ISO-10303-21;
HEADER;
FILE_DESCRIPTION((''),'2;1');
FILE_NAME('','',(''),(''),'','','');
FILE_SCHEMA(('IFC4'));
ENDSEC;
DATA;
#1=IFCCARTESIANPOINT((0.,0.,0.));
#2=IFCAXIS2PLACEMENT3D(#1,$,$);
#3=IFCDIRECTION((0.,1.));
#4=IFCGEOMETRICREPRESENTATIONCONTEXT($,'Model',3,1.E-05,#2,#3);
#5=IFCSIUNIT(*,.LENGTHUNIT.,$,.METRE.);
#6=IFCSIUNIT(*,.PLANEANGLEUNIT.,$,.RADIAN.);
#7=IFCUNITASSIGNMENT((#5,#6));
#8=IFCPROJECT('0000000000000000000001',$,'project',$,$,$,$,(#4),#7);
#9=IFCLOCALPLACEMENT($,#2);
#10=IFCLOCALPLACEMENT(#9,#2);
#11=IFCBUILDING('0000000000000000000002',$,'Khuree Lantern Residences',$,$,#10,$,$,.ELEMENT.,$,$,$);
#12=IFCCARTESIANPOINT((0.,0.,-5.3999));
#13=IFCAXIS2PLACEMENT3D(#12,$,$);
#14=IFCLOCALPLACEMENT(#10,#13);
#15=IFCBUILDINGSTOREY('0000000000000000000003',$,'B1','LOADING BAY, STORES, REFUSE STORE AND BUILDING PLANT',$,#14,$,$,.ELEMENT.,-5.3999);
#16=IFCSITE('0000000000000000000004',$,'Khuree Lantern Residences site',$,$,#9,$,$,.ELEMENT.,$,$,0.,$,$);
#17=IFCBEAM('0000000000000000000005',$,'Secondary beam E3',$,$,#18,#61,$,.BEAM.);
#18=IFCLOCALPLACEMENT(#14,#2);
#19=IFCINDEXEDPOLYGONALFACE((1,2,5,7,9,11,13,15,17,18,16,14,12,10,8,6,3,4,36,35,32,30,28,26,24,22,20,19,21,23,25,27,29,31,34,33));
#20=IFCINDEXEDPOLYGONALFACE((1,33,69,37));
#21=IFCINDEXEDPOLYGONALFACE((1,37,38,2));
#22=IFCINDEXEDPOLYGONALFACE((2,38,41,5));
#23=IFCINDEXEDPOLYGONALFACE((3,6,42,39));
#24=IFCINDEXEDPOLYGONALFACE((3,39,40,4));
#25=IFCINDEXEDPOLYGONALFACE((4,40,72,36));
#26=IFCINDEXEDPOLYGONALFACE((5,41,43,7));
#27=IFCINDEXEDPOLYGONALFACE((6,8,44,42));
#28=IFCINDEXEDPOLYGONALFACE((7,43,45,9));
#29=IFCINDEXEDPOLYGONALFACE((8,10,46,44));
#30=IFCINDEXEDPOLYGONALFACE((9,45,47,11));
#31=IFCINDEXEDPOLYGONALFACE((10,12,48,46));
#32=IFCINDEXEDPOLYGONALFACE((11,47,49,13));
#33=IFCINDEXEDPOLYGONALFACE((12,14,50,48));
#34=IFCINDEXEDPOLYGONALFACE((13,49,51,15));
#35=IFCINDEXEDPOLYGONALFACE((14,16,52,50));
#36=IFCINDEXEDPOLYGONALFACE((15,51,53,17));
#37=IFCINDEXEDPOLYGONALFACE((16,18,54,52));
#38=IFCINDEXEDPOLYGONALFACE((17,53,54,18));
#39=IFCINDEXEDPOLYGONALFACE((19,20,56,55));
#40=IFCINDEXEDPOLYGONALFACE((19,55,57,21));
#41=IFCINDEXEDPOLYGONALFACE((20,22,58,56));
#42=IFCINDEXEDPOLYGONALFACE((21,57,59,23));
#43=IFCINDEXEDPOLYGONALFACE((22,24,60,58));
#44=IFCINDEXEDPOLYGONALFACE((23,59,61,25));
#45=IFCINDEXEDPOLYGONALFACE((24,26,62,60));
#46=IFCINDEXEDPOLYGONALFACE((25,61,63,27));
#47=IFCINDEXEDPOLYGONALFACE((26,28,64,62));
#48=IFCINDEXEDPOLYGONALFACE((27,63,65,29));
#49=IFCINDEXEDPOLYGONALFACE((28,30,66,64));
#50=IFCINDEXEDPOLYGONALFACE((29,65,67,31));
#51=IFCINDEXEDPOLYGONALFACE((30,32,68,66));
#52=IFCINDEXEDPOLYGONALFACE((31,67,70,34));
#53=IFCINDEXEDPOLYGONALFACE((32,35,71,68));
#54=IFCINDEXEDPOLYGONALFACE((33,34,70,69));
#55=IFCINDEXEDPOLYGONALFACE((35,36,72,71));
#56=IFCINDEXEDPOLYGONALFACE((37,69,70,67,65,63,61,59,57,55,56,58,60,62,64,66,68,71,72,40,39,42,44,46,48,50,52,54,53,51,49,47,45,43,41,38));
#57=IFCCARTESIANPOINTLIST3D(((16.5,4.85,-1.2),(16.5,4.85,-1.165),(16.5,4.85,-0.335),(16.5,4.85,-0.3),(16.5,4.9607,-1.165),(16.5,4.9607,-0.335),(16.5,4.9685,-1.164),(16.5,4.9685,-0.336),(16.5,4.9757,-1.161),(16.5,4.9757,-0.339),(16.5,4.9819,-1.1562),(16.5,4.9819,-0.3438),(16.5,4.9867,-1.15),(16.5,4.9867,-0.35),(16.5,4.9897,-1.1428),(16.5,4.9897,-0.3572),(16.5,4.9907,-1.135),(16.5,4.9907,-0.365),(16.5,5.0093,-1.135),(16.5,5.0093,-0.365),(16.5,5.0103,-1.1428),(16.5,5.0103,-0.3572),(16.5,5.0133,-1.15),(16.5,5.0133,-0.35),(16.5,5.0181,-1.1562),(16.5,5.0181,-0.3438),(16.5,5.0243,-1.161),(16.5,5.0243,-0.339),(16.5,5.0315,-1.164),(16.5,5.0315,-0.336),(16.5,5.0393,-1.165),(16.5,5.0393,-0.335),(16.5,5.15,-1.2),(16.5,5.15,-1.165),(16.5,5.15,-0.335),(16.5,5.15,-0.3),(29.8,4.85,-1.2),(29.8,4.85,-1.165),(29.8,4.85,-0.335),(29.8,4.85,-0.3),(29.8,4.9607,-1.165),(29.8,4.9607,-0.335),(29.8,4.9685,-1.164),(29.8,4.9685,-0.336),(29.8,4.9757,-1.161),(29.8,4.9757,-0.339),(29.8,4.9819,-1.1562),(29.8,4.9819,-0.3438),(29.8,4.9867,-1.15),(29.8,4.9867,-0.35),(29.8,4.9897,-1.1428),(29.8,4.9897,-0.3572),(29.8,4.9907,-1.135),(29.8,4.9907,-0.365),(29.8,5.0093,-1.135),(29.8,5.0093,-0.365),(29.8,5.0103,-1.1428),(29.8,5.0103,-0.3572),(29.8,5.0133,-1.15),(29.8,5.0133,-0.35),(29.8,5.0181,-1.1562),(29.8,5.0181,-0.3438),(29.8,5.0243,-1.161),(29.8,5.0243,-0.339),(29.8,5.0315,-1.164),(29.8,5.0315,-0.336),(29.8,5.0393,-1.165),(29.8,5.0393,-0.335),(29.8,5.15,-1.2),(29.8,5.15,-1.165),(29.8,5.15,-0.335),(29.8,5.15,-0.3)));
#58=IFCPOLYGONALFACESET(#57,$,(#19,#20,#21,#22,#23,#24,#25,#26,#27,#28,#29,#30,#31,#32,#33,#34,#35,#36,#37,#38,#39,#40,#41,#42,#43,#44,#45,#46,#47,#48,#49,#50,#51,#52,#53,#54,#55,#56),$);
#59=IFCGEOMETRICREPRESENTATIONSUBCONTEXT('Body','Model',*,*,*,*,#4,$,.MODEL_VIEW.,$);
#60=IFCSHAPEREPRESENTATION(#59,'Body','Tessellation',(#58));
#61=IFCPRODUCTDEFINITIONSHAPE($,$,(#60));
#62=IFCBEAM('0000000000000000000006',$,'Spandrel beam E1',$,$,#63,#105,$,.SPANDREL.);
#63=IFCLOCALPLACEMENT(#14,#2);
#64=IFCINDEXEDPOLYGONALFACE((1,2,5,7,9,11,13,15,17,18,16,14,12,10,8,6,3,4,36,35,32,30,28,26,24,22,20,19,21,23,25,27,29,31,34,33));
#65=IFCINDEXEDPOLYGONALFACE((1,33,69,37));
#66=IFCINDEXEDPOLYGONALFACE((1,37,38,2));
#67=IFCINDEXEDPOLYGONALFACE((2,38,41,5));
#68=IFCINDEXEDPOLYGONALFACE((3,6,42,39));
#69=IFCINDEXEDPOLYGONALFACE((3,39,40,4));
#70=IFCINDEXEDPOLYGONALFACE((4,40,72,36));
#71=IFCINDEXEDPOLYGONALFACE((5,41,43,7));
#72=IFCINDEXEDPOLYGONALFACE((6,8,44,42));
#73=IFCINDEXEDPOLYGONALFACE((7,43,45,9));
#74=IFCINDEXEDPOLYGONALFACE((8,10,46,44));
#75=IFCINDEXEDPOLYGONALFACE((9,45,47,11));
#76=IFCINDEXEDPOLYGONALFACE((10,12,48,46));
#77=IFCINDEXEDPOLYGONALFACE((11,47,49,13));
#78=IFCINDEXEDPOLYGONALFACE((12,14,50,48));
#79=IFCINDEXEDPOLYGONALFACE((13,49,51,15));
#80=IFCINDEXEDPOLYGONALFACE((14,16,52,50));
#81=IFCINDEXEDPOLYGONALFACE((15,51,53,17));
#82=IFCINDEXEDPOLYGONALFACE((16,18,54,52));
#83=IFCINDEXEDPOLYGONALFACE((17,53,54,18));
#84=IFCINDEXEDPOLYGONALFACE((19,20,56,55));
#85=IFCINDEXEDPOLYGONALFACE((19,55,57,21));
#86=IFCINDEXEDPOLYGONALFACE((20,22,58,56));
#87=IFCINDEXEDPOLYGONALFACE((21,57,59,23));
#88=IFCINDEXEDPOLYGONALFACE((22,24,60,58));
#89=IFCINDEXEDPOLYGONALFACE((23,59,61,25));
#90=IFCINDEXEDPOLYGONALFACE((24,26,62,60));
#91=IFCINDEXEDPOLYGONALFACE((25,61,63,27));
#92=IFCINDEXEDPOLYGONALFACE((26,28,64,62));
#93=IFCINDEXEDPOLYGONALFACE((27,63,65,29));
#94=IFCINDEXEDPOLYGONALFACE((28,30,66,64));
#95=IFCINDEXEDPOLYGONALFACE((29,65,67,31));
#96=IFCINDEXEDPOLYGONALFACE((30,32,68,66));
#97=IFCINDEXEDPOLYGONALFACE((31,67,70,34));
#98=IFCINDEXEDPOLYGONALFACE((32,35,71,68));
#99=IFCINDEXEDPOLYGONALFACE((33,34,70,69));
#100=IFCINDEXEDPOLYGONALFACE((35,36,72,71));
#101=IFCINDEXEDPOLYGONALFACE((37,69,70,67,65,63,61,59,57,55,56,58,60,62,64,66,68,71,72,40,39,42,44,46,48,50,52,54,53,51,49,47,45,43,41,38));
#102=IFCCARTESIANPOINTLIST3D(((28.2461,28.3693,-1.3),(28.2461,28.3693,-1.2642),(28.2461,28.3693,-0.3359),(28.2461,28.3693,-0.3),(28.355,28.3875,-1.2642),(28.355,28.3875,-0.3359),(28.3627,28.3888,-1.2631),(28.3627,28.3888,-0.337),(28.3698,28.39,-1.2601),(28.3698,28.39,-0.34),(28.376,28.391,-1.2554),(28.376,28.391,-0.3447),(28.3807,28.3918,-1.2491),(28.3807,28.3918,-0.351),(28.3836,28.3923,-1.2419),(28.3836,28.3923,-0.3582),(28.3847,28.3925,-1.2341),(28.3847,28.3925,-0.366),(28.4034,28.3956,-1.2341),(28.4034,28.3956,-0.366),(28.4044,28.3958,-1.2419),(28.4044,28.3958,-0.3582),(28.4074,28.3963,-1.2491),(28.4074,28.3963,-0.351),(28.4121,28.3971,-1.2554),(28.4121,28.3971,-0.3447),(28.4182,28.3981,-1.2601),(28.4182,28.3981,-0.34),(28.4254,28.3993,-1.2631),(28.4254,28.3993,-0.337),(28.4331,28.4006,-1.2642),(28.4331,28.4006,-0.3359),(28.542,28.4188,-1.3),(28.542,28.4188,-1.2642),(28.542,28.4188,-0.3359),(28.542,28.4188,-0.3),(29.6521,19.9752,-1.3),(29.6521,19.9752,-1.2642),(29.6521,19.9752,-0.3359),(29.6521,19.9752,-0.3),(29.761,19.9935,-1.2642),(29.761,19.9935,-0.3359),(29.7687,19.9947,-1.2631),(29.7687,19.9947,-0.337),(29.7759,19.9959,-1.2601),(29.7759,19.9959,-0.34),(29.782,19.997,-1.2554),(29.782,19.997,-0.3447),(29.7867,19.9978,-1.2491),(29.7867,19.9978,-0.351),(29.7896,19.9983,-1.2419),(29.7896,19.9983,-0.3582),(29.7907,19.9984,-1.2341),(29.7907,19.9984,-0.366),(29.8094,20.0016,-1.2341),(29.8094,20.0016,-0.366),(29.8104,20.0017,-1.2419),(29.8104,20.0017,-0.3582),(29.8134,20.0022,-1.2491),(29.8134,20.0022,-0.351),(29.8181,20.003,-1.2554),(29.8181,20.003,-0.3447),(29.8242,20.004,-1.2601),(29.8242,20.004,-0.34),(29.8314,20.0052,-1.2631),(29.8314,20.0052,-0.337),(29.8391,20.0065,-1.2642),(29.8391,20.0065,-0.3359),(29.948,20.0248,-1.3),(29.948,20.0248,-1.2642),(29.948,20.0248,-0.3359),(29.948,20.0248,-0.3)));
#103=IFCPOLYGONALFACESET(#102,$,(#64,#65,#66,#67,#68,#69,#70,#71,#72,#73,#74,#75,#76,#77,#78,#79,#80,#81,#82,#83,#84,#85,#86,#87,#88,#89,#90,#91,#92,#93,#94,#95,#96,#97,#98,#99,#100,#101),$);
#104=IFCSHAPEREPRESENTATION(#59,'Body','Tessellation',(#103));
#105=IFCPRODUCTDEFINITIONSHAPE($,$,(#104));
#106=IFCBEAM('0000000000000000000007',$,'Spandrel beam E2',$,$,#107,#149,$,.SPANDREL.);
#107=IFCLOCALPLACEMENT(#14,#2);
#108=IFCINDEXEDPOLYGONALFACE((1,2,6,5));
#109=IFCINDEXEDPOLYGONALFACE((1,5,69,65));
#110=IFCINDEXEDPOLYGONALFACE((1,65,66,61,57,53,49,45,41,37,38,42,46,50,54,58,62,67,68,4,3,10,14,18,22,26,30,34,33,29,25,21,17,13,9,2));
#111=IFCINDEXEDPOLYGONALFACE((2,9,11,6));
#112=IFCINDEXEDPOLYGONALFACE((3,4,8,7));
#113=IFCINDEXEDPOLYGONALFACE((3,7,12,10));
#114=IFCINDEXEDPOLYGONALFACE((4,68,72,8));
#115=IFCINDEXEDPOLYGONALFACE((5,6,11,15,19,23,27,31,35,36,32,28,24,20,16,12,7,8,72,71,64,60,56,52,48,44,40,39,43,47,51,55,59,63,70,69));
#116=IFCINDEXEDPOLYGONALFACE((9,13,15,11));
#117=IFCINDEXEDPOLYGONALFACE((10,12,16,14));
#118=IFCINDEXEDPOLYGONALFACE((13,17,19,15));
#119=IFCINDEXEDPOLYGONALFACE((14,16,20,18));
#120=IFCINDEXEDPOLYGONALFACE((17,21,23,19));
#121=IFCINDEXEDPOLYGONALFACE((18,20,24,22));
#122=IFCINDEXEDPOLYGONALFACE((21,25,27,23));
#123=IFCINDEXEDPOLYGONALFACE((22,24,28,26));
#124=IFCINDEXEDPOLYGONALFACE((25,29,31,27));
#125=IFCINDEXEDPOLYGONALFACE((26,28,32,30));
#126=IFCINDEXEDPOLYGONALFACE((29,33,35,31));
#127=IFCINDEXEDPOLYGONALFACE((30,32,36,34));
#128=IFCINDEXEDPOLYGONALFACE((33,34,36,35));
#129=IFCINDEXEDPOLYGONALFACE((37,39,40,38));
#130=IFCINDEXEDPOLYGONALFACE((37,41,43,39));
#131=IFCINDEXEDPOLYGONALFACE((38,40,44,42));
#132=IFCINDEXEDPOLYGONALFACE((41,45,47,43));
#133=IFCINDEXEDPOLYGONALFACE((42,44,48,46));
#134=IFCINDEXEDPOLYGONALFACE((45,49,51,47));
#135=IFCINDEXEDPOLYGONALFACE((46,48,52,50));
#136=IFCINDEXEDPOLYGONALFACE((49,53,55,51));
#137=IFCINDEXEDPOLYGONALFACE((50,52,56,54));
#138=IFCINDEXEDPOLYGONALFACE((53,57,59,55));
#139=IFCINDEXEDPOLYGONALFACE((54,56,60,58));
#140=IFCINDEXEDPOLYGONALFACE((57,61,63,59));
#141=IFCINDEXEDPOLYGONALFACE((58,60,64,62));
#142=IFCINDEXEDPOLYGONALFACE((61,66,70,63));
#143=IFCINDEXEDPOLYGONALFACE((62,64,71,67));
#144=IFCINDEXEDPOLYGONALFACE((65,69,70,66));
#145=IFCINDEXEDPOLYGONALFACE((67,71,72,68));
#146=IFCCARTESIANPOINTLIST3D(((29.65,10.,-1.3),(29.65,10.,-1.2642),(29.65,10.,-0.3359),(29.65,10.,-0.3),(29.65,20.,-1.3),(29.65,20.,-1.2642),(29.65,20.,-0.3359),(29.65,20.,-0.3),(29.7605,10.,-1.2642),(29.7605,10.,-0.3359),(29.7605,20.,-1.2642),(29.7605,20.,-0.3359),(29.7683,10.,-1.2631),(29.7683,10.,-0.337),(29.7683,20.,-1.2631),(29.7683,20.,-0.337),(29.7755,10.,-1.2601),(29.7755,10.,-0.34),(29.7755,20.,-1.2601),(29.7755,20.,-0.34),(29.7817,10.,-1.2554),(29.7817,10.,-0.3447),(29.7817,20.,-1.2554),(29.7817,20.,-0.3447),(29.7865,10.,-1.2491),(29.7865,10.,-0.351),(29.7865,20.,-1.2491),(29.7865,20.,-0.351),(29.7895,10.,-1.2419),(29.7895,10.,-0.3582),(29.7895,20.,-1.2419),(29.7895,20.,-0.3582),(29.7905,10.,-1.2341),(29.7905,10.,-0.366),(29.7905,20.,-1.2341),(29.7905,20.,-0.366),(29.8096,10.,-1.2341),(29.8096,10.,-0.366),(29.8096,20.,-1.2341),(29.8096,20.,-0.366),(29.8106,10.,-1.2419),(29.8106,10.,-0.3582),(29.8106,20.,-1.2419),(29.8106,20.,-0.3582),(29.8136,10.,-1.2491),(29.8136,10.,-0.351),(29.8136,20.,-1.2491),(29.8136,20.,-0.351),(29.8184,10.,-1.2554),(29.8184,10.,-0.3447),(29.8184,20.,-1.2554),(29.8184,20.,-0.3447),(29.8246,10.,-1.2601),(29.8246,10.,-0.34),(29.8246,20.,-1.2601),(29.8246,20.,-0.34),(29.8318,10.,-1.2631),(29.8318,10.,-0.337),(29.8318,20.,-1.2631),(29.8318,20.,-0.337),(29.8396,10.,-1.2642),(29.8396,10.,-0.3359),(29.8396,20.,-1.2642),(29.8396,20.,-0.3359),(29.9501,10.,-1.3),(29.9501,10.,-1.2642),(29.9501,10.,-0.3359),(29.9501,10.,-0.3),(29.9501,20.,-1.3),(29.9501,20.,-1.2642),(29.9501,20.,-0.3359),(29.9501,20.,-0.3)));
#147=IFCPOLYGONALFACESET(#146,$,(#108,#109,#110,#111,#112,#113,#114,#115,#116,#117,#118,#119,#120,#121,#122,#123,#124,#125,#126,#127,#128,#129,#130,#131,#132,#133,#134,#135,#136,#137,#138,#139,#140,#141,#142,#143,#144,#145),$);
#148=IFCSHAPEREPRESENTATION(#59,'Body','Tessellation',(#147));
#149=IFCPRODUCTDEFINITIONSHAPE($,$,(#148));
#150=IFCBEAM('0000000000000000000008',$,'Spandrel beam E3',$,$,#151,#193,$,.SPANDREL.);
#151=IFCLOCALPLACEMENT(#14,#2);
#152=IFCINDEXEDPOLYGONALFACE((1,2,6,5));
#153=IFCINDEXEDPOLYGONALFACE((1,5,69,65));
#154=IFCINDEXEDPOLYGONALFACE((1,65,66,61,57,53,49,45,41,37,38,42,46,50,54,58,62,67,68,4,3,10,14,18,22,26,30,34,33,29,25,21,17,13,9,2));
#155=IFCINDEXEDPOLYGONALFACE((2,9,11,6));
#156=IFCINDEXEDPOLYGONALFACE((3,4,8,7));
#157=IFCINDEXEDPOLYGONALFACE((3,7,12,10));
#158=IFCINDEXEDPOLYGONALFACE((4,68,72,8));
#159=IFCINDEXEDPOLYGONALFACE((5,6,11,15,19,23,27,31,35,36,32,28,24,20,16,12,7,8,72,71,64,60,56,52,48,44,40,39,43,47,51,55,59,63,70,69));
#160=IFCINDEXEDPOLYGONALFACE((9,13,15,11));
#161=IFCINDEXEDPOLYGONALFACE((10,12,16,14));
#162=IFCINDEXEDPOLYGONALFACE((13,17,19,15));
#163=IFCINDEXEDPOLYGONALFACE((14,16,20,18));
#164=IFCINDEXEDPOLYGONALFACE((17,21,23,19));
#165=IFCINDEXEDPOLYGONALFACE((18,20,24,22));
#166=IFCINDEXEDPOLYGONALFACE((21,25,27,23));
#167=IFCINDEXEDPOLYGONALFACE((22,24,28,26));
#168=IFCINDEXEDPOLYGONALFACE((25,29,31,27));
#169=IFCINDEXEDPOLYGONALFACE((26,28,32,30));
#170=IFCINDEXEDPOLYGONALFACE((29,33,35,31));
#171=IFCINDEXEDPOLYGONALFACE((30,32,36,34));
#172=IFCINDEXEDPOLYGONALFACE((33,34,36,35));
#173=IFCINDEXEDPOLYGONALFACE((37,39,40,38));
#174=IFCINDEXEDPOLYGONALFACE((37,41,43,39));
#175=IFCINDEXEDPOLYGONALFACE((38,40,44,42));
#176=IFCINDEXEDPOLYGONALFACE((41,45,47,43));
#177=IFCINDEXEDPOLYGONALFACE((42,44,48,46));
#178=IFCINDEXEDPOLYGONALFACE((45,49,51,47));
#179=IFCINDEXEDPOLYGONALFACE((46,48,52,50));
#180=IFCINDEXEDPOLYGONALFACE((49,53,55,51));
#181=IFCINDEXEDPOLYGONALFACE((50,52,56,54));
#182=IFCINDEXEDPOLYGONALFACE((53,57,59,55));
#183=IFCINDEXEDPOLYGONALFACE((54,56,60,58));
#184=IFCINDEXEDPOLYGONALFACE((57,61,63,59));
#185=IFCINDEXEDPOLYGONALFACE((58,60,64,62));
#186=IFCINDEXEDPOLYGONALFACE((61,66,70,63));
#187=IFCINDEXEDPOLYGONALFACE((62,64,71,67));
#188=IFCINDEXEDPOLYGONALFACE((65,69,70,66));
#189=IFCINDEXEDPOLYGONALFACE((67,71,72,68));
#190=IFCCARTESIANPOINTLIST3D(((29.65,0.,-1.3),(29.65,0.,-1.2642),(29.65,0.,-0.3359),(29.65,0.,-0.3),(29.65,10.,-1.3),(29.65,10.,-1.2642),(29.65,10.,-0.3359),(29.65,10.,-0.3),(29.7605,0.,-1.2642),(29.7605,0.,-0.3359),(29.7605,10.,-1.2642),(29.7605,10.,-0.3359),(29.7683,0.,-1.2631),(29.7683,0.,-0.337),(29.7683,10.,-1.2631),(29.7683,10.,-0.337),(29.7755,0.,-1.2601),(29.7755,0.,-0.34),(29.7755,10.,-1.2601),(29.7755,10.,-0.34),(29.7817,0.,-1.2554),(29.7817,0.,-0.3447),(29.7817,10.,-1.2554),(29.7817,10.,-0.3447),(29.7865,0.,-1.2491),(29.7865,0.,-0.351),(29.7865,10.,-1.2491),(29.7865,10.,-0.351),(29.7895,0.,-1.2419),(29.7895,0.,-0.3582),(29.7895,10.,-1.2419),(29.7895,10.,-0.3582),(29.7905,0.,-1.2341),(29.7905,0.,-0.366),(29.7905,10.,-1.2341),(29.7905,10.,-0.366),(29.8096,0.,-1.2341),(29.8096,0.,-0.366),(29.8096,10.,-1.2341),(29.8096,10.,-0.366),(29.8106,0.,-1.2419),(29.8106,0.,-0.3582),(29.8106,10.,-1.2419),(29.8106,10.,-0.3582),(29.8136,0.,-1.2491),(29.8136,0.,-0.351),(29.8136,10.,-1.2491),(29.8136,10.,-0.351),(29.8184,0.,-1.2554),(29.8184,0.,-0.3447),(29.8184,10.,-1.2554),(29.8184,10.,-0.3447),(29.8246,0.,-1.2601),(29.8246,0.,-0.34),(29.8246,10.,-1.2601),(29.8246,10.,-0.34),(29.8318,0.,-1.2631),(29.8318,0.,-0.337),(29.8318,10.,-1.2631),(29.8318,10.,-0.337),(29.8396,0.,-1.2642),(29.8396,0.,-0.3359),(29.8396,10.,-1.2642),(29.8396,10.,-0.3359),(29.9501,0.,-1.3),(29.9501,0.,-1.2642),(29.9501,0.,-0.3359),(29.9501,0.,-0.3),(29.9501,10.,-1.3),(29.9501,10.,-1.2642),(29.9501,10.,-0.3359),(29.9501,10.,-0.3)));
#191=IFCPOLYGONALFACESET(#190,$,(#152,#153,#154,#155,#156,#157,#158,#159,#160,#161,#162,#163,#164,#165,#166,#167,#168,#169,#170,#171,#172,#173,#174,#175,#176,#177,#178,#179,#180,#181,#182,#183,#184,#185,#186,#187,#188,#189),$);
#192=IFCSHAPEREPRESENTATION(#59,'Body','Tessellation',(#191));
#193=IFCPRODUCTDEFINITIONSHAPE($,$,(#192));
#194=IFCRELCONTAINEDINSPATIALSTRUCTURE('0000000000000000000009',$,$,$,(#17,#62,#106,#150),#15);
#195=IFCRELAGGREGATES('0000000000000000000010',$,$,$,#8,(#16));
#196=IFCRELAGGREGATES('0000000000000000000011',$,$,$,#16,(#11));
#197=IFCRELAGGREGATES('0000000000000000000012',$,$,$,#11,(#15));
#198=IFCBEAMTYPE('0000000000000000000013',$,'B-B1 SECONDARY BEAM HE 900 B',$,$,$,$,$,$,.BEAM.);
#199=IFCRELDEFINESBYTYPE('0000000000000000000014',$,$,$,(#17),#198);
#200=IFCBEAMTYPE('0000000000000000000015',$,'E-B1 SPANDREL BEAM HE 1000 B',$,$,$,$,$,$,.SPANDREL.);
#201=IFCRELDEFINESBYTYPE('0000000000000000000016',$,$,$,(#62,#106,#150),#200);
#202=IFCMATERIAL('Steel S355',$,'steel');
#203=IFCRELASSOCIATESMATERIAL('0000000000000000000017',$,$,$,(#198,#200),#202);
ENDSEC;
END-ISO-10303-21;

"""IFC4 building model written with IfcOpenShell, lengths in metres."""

from ifc_helpers import new_model, si_unit, direction, frame, origin, origin_2d, place, context, subcontext, project, spatial, i_section, extrude, material, material_profile, profile_set, type_object, element, save


model = new_model("IFC4")

# Units and contexts
model_context = context("Model", 3, precision=1e-05, world=origin(), true_north=direction((0.0, 1.0)))
body_context = subcontext(model_context, "Body", "Model", "MODEL_VIEW")
ifc_project = project(units=[si_unit("LENGTHUNIT", "METRE"), si_unit("PLANEANGLEUNIT", "RADIAN")], contexts=[model_context])

# Site, building, storey
site_placement = place(None, origin())
site = spatial("IfcSite", under=ifc_project, at=site_placement, Name="Khuree Lantern Residences site", CompositionType="ELEMENT", RefElevation=0.0)
building_placement = place(site_placement, origin())
building = spatial("IfcBuilding", under=site, at=building_placement, Name="Khuree Lantern Residences", CompositionType="ELEMENT")
storey_placement = place(building_placement, frame((0.0, 0.0, -5.3999)))
storey = spatial("IfcBuildingStorey", under=building, at=storey_placement, Name="B1", Description="LOADING BAY, STORES, REFUSE STORE AND BUILDING PLANT", CompositionType="ELEMENT", Elevation=-5.3999)

# Beams
ifc_material_1 = material(Name="Steel S355", Category="steel")
ifc_material_profile_1 = material_profile(ifc_material_1, i_section(OverallWidth=0.3, OverallDepth=0.8999, WebThickness=0.0186, FlangeThickness=0.0349, FilletRadius=0.03, at=origin_2d()), Name="HE 900 B")
ifc_profile_set_1 = profile_set([ifc_material_profile_1], Name="Steel S355")
beam_type_1 = type_object("IfcBeamType", Name="B-B1 SECONDARY BEAM HE 900 B", PredefinedType="BEAM", material=ifc_profile_set_1)
for number, where, z_axis, x_axis, name in (
    (1, (29.8, 5.0, -0.75), (-1.0, 0.0, 0.0), (0.0, -1.0, 0.0), "Secondary beam E3"),
):
    element("IfcBeam", number, at=place(storey_placement, frame(where, z_axis=z_axis, x_axis=x_axis)), inside=storey, type_object=beam_type_1, Name=name, PredefinedType="BEAM", context=body_context, shape_type="SweptSolid", body=[
        extrude(i_section(OverallWidth=0.3, OverallDepth=0.8999, WebThickness=0.0186, FlangeThickness=0.0349, FilletRadius=0.03, at=origin_2d()), origin(), (0.0, 0.0, 1.0), 13.3),
    ])
ifc_material_profile_2 = material_profile(ifc_material_1, i_section(OverallWidth=0.3, OverallDepth=1.0, WebThickness=0.019, FlangeThickness=0.0359, FilletRadius=0.03, at=origin_2d()), Name="HE 1000 B")
ifc_profile_set_2 = profile_set([ifc_material_profile_2], Name="Steel S355")
beam_type_2 = type_object("IfcBeamType", Name="E-B1 SPANDREL BEAM HE 1000 B", PredefinedType="SPANDREL", material=ifc_profile_set_2)
beam_1_placement = place(storey_placement, frame((28.394, 28.394, -0.8), z_axis=(0.165199, -0.98626, 0.0), x_axis=(0.98626, 0.165199, 0.0)))
element("IfcBeam", 2, at=beam_1_placement, inside=storey, type_object=beam_type_2, Name="Spandrel beam E1", PredefinedType="SPANDREL", context=body_context, shape_type="SweptSolid", body=[
    extrude(i_section(OverallWidth=0.3, OverallDepth=1.0, WebThickness=0.019, FlangeThickness=0.0359, FilletRadius=0.03, at=origin_2d()), origin(), (0.0, 0.0, 1.0), 8.511),
])
for number, where, z_axis, x_axis, name in (
    (3, (29.8, 20.0, -0.8), (0.0, -1.0, 0.0), (1.0, 0.0, 0.0), "Spandrel beam E2"),
    (4, (29.8, 10.0, -0.8), (0.0, -1.0, 0.0), (1.0, 0.0, 0.0), "Spandrel beam E3"),
):
    element("IfcBeam", number, at=place(storey_placement, frame(where, z_axis=z_axis, x_axis=x_axis)), inside=storey, type_object=beam_type_2, Name=name, PredefinedType="SPANDREL", context=body_context, shape_type="SweptSolid", body=[
        extrude(i_section(OverallWidth=0.3, OverallDepth=1.0, WebThickness=0.019, FlangeThickness=0.0359, FilletRadius=0.03, at=origin_2d()), origin(), (0.0, 0.0, 1.0), 10.0),
    ])

save(model, "model.ifc")
